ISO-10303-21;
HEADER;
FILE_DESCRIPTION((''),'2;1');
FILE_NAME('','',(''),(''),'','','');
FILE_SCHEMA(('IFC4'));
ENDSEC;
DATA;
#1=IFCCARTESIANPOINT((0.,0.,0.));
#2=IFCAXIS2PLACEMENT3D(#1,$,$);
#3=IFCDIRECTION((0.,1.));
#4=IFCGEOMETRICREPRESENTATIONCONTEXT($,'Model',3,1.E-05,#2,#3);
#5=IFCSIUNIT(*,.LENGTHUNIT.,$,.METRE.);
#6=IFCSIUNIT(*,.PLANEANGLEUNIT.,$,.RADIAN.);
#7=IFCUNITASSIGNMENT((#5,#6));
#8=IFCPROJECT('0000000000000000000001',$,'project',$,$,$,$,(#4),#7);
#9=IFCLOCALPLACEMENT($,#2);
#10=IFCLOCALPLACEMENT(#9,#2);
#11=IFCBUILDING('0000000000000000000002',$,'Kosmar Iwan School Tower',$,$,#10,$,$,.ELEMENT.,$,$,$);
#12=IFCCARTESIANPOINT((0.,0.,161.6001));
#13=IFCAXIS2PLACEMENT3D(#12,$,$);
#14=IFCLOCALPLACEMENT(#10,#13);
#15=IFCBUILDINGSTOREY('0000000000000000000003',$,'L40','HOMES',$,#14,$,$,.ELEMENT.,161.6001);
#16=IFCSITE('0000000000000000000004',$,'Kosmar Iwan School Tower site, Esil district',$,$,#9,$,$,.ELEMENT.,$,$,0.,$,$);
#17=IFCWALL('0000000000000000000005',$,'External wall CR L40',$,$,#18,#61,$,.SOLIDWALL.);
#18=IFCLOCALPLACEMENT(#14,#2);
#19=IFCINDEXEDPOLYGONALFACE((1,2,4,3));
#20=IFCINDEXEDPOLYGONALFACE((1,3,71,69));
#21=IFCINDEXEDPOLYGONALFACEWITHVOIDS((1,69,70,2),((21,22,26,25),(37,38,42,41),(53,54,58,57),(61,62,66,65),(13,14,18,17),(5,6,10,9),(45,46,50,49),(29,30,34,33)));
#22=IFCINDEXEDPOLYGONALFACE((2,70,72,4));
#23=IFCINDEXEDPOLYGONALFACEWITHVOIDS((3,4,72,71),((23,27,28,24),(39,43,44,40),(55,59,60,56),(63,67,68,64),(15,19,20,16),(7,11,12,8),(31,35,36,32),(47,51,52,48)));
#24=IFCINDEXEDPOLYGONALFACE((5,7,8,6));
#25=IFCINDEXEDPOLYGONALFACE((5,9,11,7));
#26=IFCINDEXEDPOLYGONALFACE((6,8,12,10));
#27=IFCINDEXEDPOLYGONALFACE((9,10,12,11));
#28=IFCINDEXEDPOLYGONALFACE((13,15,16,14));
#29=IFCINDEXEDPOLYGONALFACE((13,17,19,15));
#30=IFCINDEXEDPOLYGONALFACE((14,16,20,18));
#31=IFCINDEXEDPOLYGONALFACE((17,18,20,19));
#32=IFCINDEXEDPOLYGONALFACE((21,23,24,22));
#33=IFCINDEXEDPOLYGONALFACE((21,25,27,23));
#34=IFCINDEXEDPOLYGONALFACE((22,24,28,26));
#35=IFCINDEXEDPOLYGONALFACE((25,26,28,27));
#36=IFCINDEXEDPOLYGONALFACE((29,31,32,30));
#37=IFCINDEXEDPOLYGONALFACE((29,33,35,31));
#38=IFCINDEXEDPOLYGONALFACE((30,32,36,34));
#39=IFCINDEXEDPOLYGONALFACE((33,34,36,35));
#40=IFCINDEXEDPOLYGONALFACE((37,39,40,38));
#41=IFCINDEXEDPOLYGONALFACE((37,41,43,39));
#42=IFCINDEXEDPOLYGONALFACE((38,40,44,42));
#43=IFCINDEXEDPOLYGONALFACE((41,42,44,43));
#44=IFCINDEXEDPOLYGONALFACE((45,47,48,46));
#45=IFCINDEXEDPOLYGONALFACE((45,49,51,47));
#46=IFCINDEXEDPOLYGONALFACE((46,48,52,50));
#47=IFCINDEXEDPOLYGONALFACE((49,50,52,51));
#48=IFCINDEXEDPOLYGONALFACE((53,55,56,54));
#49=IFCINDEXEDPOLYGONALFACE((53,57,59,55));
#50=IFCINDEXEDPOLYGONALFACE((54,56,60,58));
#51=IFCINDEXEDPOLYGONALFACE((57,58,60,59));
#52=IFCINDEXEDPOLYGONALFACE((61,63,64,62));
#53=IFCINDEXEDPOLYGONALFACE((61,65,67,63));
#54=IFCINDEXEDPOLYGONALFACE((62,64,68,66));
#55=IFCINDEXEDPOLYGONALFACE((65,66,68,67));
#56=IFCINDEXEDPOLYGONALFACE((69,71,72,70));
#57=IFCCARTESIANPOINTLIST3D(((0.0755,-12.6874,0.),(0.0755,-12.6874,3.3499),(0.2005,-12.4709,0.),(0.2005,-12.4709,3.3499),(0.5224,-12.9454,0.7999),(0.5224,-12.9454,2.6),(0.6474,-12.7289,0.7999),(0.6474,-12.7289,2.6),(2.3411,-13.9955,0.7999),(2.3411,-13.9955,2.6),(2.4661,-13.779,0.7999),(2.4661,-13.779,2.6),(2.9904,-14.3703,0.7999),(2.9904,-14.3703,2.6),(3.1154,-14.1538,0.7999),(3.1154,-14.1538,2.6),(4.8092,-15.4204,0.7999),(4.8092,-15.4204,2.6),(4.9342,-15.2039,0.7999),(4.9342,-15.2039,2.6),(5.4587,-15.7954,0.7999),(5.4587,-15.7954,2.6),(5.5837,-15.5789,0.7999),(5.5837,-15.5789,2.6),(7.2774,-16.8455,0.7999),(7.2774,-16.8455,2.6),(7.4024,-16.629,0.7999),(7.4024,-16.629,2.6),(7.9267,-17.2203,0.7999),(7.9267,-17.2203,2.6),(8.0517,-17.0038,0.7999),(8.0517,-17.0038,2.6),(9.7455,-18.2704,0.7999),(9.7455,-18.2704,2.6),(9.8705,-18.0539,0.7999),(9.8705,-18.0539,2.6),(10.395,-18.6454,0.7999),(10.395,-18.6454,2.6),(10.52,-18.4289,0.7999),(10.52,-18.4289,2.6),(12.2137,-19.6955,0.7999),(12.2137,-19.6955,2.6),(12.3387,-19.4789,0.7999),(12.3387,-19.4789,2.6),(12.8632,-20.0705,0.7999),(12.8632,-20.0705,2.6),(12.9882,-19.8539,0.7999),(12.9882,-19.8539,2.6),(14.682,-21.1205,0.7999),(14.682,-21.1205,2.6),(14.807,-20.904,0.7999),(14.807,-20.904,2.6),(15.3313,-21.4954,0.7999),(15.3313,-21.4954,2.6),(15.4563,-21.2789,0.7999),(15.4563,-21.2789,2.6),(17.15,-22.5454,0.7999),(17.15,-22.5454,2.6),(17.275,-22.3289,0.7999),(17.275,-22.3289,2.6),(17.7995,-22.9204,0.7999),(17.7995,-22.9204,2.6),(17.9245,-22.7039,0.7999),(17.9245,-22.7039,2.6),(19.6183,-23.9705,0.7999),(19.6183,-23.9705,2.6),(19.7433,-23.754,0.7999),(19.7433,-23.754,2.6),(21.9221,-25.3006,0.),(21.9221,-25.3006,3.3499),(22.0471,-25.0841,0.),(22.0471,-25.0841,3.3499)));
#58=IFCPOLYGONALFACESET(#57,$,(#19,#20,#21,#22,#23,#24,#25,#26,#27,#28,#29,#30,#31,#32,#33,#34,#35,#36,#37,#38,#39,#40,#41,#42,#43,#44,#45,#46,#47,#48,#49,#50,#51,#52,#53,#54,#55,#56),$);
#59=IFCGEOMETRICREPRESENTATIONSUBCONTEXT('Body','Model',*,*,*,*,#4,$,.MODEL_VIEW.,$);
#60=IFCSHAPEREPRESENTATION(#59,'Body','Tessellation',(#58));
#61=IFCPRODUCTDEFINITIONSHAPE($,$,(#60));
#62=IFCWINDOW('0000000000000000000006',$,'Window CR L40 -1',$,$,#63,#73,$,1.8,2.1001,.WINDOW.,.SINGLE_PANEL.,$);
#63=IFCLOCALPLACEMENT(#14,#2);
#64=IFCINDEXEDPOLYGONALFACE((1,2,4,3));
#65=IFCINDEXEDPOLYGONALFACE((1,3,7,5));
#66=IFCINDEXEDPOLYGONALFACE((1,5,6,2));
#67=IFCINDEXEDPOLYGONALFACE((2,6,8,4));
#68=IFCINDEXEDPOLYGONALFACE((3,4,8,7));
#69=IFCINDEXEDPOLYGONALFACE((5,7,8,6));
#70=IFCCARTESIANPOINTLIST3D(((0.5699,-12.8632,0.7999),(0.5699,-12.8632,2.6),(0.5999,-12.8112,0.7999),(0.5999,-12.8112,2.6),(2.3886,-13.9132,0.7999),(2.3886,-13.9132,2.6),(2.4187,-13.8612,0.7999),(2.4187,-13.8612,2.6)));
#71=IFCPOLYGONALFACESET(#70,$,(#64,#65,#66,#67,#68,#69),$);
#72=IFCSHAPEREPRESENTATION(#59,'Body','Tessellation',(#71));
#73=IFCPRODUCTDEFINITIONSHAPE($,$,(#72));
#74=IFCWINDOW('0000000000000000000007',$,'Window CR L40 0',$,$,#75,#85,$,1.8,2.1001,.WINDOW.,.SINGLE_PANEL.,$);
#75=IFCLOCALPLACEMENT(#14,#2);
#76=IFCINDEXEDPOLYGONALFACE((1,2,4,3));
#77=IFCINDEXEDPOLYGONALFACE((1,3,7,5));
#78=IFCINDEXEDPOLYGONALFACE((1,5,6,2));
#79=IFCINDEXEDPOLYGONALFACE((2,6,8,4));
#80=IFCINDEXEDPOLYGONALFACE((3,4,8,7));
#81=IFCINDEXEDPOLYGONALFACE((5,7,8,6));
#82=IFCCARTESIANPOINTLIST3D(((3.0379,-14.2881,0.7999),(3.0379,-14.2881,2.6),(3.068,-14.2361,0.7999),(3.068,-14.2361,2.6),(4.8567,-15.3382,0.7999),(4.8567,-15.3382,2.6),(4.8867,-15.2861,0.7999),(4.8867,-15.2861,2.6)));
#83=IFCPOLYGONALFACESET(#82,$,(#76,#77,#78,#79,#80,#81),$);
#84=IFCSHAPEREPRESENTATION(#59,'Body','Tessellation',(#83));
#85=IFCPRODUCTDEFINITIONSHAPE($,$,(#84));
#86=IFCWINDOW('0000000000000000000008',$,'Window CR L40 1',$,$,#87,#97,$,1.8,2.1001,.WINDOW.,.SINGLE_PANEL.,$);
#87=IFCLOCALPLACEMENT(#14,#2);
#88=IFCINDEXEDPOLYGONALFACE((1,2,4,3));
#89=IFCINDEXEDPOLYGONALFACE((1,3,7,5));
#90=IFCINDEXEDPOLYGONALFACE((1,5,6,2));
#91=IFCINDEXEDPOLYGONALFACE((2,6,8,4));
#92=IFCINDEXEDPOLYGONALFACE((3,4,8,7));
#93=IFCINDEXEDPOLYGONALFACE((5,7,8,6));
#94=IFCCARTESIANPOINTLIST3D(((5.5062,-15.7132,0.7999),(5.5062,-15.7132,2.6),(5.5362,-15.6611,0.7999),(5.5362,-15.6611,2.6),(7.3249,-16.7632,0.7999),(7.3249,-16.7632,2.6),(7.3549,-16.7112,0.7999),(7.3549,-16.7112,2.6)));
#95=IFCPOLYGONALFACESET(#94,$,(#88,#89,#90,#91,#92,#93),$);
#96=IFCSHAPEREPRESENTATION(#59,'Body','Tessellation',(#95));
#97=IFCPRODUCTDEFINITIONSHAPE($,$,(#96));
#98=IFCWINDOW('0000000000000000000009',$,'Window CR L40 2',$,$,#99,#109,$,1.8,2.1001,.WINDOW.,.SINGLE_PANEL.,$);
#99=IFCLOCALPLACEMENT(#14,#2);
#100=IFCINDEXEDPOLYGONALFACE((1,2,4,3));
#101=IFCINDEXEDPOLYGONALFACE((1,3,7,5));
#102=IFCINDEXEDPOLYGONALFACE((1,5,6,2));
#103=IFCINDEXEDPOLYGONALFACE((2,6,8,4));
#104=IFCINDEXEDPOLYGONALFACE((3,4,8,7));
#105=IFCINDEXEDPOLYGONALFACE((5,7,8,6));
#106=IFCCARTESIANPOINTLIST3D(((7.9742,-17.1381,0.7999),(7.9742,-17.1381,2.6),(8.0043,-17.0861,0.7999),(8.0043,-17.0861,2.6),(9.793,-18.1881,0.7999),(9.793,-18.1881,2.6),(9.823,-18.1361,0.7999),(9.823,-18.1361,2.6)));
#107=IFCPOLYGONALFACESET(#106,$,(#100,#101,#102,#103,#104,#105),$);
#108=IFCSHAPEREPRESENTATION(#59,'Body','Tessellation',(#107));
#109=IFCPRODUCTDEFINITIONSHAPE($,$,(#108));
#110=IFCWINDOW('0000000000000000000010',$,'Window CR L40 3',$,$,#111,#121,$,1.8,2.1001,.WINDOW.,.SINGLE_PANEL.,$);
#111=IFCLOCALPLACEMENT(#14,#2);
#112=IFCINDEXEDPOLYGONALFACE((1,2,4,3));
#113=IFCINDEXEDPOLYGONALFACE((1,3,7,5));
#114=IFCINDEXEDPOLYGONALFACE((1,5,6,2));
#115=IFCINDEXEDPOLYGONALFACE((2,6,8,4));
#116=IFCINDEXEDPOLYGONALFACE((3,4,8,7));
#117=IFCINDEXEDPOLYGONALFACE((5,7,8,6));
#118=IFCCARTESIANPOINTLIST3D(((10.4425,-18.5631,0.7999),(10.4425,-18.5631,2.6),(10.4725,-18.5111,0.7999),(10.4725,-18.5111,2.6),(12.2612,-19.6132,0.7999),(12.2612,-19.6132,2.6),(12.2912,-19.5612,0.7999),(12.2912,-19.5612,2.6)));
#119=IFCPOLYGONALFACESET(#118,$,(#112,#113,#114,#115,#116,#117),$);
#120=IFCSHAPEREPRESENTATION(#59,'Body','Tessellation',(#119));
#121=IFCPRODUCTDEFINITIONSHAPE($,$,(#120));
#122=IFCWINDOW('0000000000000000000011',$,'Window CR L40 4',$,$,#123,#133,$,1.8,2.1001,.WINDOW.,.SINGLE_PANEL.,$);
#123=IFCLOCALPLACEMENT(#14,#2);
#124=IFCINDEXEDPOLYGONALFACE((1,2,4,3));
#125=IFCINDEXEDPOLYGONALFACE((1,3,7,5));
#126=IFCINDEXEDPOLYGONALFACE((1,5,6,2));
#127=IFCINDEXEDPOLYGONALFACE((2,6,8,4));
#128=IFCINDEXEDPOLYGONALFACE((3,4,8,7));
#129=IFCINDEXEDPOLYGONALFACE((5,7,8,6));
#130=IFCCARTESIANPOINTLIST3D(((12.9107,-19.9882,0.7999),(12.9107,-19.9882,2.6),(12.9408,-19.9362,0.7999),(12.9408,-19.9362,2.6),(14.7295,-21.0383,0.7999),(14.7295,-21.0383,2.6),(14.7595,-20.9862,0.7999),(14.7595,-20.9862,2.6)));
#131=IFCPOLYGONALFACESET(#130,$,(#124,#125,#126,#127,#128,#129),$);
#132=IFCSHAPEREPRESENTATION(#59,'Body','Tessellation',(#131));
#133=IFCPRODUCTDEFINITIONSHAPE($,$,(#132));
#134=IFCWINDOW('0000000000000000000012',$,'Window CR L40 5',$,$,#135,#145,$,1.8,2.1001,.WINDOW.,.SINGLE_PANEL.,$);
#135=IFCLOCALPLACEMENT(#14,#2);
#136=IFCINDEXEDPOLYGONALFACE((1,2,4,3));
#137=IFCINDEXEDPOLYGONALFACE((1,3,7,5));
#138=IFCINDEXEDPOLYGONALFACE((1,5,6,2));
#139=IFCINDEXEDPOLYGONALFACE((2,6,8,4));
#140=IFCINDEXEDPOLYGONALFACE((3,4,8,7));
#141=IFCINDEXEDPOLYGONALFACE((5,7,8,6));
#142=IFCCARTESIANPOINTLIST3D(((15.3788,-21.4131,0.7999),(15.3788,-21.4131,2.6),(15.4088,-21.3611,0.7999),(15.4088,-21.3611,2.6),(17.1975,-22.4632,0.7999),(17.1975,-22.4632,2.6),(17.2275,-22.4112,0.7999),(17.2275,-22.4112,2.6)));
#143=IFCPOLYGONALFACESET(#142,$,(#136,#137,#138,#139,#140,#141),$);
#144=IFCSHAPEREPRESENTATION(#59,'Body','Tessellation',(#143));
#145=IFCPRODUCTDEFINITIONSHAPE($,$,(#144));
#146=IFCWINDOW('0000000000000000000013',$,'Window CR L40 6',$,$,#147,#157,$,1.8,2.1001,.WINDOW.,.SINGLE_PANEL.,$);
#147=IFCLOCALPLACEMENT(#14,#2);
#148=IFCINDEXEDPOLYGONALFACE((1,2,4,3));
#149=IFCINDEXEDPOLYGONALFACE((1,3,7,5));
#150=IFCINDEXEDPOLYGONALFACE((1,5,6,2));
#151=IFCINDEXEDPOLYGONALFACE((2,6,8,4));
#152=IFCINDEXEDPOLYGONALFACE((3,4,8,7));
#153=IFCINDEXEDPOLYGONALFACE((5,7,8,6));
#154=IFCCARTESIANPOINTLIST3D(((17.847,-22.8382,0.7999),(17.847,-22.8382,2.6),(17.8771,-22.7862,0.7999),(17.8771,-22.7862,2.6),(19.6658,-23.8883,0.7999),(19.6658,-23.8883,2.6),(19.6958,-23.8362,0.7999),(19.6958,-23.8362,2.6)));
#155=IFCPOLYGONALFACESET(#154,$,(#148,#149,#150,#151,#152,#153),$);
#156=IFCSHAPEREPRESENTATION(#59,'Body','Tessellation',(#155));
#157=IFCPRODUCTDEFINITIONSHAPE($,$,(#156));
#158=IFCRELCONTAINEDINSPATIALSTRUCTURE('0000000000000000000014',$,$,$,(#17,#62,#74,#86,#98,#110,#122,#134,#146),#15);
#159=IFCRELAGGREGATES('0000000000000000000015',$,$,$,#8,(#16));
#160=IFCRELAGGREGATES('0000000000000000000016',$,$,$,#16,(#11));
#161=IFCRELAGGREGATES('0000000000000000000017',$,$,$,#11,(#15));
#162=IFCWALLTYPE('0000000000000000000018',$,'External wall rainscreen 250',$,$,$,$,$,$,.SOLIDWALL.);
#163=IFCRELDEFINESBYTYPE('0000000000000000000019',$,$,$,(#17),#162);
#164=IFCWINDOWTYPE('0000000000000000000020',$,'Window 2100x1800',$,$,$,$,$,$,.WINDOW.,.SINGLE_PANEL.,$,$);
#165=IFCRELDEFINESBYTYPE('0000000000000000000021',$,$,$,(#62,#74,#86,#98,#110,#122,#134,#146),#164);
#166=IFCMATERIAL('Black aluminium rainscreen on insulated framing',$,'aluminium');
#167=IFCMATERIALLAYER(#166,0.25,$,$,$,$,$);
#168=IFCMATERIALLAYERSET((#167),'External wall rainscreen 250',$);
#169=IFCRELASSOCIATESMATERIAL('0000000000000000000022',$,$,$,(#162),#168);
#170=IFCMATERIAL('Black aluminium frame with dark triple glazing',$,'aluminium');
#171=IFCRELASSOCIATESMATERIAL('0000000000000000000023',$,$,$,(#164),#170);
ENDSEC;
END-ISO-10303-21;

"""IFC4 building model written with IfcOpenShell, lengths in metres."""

from ifc_helpers import new_model, si_unit, direction, frame, frame_2d, origin, place, context, subcontext, project, spatial, rectangle, extrude, material, layer, layer_set, type_object, element, fill, save


model = new_model("IFC4")

# Units and contexts
model_context = context("Model", 3, precision=1e-05, world=origin(), true_north=direction((0.0, 1.0)))
body_context = subcontext(model_context, "Body", "Model", "MODEL_VIEW")
ifc_project = project(units=[si_unit("LENGTHUNIT", "METRE"), si_unit("PLANEANGLEUNIT", "RADIAN")], contexts=[model_context])

# Site, building, storey
site_placement = place(None, origin())
site = spatial("IfcSite", under=ifc_project, at=site_placement, Name="Kosmar Iwan School Tower site, Esil district", CompositionType="ELEMENT", RefElevation=0.0)
building_placement = place(site_placement, origin())
building = spatial("IfcBuilding", under=site, at=building_placement, Name="Kosmar Iwan School Tower", CompositionType="ELEMENT")
storey_placement = place(building_placement, frame((0.0, 0.0, 161.6001)))
storey = spatial("IfcBuildingStorey", under=building, at=storey_placement, Name="L40", Description="HOMES", CompositionType="ELEMENT", Elevation=161.6001)

# Wall, openings, windows
ifc_material_1 = material(Name="Black aluminium rainscreen on insulated framing", Category="aluminium")
ifc_layer = layer(ifc_material_1, 0.25)
ifc_layer_set = layer_set([ifc_layer], Name="External wall rainscreen 250")
wall_type = type_object("IfcWallType", Name="External wall rainscreen 250", PredefinedType="SOLIDWALL", material=ifc_layer_set)
ifc_material_2 = material(Name="Black aluminium frame with dark triple glazing", Category="aluminium")
window_type = type_object("IfcWindowType", Name="Window 2100x1800", PartitioningType="SINGLE_PANEL", PredefinedType="WINDOW", material=ifc_material_2)
wall_1_placement = place(storey_placement, frame((0.1379, -12.5791, 0.0), z_axis=(0.0, 0.0, 1.0), x_axis=(0.866024, -0.500003, 0.0)))
wall_1 = element("IfcWall", 1, at=wall_1_placement, inside=storey, type_object=wall_type, Name="External wall CR L40", PredefinedType="SOLIDWALL", context=body_context, shape_type="SweptSolid", body=[
    extrude(rectangle(XDim=25.2263, YDim=0.25, at=frame_2d((12.6133, 0.0))), origin(), (0.0, 0.0, 1.0), 3.3499),
])
opening_1_placement = place(wall_1_placement, frame((0.5161, 0.0, 0.8)))
opening_1 = element("IfcOpeningElement", 2, at=opening_1_placement, cuts=wall_1, PredefinedType="OPENING", context=body_context, shape_type="SweptSolid", body=[
    extrude(rectangle(XDim=2.1001, YDim=1.8, at=frame_2d((1.05, 0.8999))), frame((0.0, 0.137, 0.0), z_axis=(0.0, -1.0, 0.0), x_axis=(1.0, 0.0, 0.0)), (0.0, 0.0, 1.0), 0.2739),
])
opening_2_placement = place(wall_1_placement, frame((3.366, 0.0, 0.8)))
opening_2 = element("IfcOpeningElement", 3, at=opening_2_placement, cuts=wall_1, PredefinedType="OPENING", context=body_context, shape_type="SweptSolid", body=[
    extrude(rectangle(XDim=2.1001, YDim=1.8, at=frame_2d((1.05, 0.8999))), frame((0.0, 0.137, 0.0), z_axis=(0.0, -1.0, 0.0), x_axis=(1.0, 0.0, 0.0)), (0.0, 0.0, 1.0), 0.2739),
])
opening_3_placement = place(wall_1_placement, frame((6.2161, 0.0, 0.8)))
opening_3 = element("IfcOpeningElement", 4, at=opening_3_placement, cuts=wall_1, PredefinedType="OPENING", context=body_context, shape_type="SweptSolid", body=[
    extrude(rectangle(XDim=2.1001, YDim=1.8, at=frame_2d((1.05, 0.8999))), frame((0.0, 0.137, 0.0), z_axis=(0.0, -1.0, 0.0), x_axis=(1.0, 0.0, 0.0)), (0.0, 0.0, 1.0), 0.2739),
])
opening_4_placement = place(wall_1_placement, frame((9.0659, 0.0, 0.8)))
opening_4 = element("IfcOpeningElement", 5, at=opening_4_placement, cuts=wall_1, PredefinedType="OPENING", context=body_context, shape_type="SweptSolid", body=[
    extrude(rectangle(XDim=2.1001, YDim=1.8, at=frame_2d((1.05, 0.8999))), frame((0.0, 0.137, 0.0), z_axis=(0.0, -1.0, 0.0), x_axis=(1.0, 0.0, 0.0)), (0.0, 0.0, 1.0), 0.2739),
])
opening_5_placement = place(wall_1_placement, frame((11.916, 0.0, 0.8)))
opening_5 = element("IfcOpeningElement", 6, at=opening_5_placement, cuts=wall_1, PredefinedType="OPENING", context=body_context, shape_type="SweptSolid", body=[
    extrude(rectangle(XDim=2.1001, YDim=1.8, at=frame_2d((1.05, 0.8999))), frame((0.0, 0.137, 0.0), z_axis=(0.0, -1.0, 0.0), x_axis=(1.0, 0.0, 0.0)), (0.0, 0.0, 1.0), 0.2739),
])
opening_6_placement = place(wall_1_placement, frame((14.7661, 0.0, 0.8)))
opening_6 = element("IfcOpeningElement", 7, at=opening_6_placement, cuts=wall_1, PredefinedType="OPENING", context=body_context, shape_type="SweptSolid", body=[
    extrude(rectangle(XDim=2.1001, YDim=1.8, at=frame_2d((1.05, 0.8999))), frame((0.0, 0.137, 0.0), z_axis=(0.0, -1.0, 0.0), x_axis=(1.0, 0.0, 0.0)), (0.0, 0.0, 1.0), 0.2739),
])
opening_7_placement = place(wall_1_placement, frame((17.616, 0.0, 0.8)))
opening_7 = element("IfcOpeningElement", 8, at=opening_7_placement, cuts=wall_1, PredefinedType="OPENING", context=body_context, shape_type="SweptSolid", body=[
    extrude(rectangle(XDim=2.1001, YDim=1.8, at=frame_2d((1.05, 0.8999))), frame((0.0, 0.137, 0.0), z_axis=(0.0, -1.0, 0.0), x_axis=(1.0, 0.0, 0.0)), (0.0, 0.0, 1.0), 0.2739),
])
opening_8_placement = place(wall_1_placement, frame((20.4661, 0.0, 0.8)))
opening_8 = element("IfcOpeningElement", 9, at=opening_8_placement, cuts=wall_1, PredefinedType="OPENING", context=body_context, shape_type="SweptSolid", body=[
    extrude(rectangle(XDim=2.1001, YDim=1.8, at=frame_2d((1.05, 0.8999))), frame((0.0, 0.137, 0.0), z_axis=(0.0, -1.0, 0.0), x_axis=(1.0, 0.0, 0.0)), (0.0, 0.0, 1.0), 0.2739),
])
window_1_placement = place(opening_1_placement, origin())
window_1 = element("IfcWindow", 10, at=window_1_placement, inside=storey, type_object=window_type, Name="Window CR L40 -1", OverallHeight=1.8, OverallWidth=2.1001, PartitioningType="SINGLE_PANEL", PredefinedType="WINDOW", context=body_context, shape_type="SweptSolid", body=[
    extrude(rectangle(XDim=2.1001, YDim=1.8, at=frame_2d((1.05, 0.8999))), frame((0.0, 0.03, 0.0), z_axis=(0.0, -1.0, 0.0), x_axis=(1.0, 0.0, 0.0)), (0.0, 0.0, 1.0), 0.0601),
])
fill(opening_1, window_1)
window_2_placement = place(opening_2_placement, origin())
window_2 = element("IfcWindow", 11, at=window_2_placement, inside=storey, type_object=window_type, Name="Window CR L40 0", OverallHeight=1.8, OverallWidth=2.1001, PartitioningType="SINGLE_PANEL", PredefinedType="WINDOW", context=body_context, shape_type="SweptSolid", body=[
    extrude(rectangle(XDim=2.1001, YDim=1.8, at=frame_2d((1.05, 0.8999))), frame((0.0, 0.03, 0.0), z_axis=(0.0, -1.0, 0.0), x_axis=(1.0, 0.0, 0.0)), (0.0, 0.0, 1.0), 0.0601),
])
fill(opening_2, window_2)
window_3_placement = place(opening_3_placement, origin())
window_3 = element("IfcWindow", 12, at=window_3_placement, inside=storey, type_object=window_type, Name="Window CR L40 1", OverallHeight=1.8, OverallWidth=2.1001, PartitioningType="SINGLE_PANEL", PredefinedType="WINDOW", context=body_context, shape_type="SweptSolid", body=[
    extrude(rectangle(XDim=2.1001, YDim=1.8, at=frame_2d((1.05, 0.8999))), frame((0.0, 0.03, 0.0), z_axis=(0.0, -1.0, 0.0), x_axis=(1.0, 0.0, 0.0)), (0.0, 0.0, 1.0), 0.0601),
])
fill(opening_3, window_3)
window_4_placement = place(opening_4_placement, origin())
window_4 = element("IfcWindow", 13, at=window_4_placement, inside=storey, type_object=window_type, Name="Window CR L40 2", OverallHeight=1.8, OverallWidth=2.1001, PartitioningType="SINGLE_PANEL", PredefinedType="WINDOW", context=body_context, shape_type="SweptSolid", body=[
    extrude(rectangle(XDim=2.1001, YDim=1.8, at=frame_2d((1.05, 0.8999))), frame((0.0, 0.03, 0.0), z_axis=(0.0, -1.0, 0.0), x_axis=(1.0, 0.0, 0.0)), (0.0, 0.0, 1.0), 0.0601),
])
fill(opening_4, window_4)
window_5_placement = place(opening_5_placement, origin())
window_5 = element("IfcWindow", 14, at=window_5_placement, inside=storey, type_object=window_type, Name="Window CR L40 3", OverallHeight=1.8, OverallWidth=2.1001, PartitioningType="SINGLE_PANEL", PredefinedType="WINDOW", context=body_context, shape_type="SweptSolid", body=[
    extrude(rectangle(XDim=2.1001, YDim=1.8, at=frame_2d((1.05, 0.8999))), frame((0.0, 0.03, 0.0), z_axis=(0.0, -1.0, 0.0), x_axis=(1.0, 0.0, 0.0)), (0.0, 0.0, 1.0), 0.0601),
])
fill(opening_5, window_5)
window_6_placement = place(opening_6_placement, origin())
window_6 = element("IfcWindow", 15, at=window_6_placement, inside=storey, type_object=window_type, Name="Window CR L40 4", OverallHeight=1.8, OverallWidth=2.1001, PartitioningType="SINGLE_PANEL", PredefinedType="WINDOW", context=body_context, shape_type="SweptSolid", body=[
    extrude(rectangle(XDim=2.1001, YDim=1.8, at=frame_2d((1.05, 0.8999))), frame((0.0, 0.03, 0.0), z_axis=(0.0, -1.0, 0.0), x_axis=(1.0, 0.0, 0.0)), (0.0, 0.0, 1.0), 0.0601),
])
fill(opening_6, window_6)
window_7_placement = place(opening_7_placement, origin())
window_7 = element("IfcWindow", 16, at=window_7_placement, inside=storey, type_object=window_type, Name="Window CR L40 5", OverallHeight=1.8, OverallWidth=2.1001, PartitioningType="SINGLE_PANEL", PredefinedType="WINDOW", context=body_context, shape_type="SweptSolid", body=[
    extrude(rectangle(XDim=2.1001, YDim=1.8, at=frame_2d((1.05, 0.8999))), frame((0.0, 0.03, 0.0), z_axis=(0.0, -1.0, 0.0), x_axis=(1.0, 0.0, 0.0)), (0.0, 0.0, 1.0), 0.0601),
])
fill(opening_7, window_7)
window_8_placement = place(opening_8_placement, origin())
window_8 = element("IfcWindow", 17, at=window_8_placement, inside=storey, type_object=window_type, Name="Window CR L40 6", OverallHeight=1.8, OverallWidth=2.1001, PartitioningType="SINGLE_PANEL", PredefinedType="WINDOW", context=body_context, shape_type="SweptSolid", body=[
    extrude(rectangle(XDim=2.1001, YDim=1.8, at=frame_2d((1.05, 0.8999))), frame((0.0, 0.03, 0.0), z_axis=(0.0, -1.0, 0.0), x_axis=(1.0, 0.0, 0.0)), (0.0, 0.0, 1.0), 0.0601),
])
fill(opening_8, window_8)

save(model, "model.ifc")
